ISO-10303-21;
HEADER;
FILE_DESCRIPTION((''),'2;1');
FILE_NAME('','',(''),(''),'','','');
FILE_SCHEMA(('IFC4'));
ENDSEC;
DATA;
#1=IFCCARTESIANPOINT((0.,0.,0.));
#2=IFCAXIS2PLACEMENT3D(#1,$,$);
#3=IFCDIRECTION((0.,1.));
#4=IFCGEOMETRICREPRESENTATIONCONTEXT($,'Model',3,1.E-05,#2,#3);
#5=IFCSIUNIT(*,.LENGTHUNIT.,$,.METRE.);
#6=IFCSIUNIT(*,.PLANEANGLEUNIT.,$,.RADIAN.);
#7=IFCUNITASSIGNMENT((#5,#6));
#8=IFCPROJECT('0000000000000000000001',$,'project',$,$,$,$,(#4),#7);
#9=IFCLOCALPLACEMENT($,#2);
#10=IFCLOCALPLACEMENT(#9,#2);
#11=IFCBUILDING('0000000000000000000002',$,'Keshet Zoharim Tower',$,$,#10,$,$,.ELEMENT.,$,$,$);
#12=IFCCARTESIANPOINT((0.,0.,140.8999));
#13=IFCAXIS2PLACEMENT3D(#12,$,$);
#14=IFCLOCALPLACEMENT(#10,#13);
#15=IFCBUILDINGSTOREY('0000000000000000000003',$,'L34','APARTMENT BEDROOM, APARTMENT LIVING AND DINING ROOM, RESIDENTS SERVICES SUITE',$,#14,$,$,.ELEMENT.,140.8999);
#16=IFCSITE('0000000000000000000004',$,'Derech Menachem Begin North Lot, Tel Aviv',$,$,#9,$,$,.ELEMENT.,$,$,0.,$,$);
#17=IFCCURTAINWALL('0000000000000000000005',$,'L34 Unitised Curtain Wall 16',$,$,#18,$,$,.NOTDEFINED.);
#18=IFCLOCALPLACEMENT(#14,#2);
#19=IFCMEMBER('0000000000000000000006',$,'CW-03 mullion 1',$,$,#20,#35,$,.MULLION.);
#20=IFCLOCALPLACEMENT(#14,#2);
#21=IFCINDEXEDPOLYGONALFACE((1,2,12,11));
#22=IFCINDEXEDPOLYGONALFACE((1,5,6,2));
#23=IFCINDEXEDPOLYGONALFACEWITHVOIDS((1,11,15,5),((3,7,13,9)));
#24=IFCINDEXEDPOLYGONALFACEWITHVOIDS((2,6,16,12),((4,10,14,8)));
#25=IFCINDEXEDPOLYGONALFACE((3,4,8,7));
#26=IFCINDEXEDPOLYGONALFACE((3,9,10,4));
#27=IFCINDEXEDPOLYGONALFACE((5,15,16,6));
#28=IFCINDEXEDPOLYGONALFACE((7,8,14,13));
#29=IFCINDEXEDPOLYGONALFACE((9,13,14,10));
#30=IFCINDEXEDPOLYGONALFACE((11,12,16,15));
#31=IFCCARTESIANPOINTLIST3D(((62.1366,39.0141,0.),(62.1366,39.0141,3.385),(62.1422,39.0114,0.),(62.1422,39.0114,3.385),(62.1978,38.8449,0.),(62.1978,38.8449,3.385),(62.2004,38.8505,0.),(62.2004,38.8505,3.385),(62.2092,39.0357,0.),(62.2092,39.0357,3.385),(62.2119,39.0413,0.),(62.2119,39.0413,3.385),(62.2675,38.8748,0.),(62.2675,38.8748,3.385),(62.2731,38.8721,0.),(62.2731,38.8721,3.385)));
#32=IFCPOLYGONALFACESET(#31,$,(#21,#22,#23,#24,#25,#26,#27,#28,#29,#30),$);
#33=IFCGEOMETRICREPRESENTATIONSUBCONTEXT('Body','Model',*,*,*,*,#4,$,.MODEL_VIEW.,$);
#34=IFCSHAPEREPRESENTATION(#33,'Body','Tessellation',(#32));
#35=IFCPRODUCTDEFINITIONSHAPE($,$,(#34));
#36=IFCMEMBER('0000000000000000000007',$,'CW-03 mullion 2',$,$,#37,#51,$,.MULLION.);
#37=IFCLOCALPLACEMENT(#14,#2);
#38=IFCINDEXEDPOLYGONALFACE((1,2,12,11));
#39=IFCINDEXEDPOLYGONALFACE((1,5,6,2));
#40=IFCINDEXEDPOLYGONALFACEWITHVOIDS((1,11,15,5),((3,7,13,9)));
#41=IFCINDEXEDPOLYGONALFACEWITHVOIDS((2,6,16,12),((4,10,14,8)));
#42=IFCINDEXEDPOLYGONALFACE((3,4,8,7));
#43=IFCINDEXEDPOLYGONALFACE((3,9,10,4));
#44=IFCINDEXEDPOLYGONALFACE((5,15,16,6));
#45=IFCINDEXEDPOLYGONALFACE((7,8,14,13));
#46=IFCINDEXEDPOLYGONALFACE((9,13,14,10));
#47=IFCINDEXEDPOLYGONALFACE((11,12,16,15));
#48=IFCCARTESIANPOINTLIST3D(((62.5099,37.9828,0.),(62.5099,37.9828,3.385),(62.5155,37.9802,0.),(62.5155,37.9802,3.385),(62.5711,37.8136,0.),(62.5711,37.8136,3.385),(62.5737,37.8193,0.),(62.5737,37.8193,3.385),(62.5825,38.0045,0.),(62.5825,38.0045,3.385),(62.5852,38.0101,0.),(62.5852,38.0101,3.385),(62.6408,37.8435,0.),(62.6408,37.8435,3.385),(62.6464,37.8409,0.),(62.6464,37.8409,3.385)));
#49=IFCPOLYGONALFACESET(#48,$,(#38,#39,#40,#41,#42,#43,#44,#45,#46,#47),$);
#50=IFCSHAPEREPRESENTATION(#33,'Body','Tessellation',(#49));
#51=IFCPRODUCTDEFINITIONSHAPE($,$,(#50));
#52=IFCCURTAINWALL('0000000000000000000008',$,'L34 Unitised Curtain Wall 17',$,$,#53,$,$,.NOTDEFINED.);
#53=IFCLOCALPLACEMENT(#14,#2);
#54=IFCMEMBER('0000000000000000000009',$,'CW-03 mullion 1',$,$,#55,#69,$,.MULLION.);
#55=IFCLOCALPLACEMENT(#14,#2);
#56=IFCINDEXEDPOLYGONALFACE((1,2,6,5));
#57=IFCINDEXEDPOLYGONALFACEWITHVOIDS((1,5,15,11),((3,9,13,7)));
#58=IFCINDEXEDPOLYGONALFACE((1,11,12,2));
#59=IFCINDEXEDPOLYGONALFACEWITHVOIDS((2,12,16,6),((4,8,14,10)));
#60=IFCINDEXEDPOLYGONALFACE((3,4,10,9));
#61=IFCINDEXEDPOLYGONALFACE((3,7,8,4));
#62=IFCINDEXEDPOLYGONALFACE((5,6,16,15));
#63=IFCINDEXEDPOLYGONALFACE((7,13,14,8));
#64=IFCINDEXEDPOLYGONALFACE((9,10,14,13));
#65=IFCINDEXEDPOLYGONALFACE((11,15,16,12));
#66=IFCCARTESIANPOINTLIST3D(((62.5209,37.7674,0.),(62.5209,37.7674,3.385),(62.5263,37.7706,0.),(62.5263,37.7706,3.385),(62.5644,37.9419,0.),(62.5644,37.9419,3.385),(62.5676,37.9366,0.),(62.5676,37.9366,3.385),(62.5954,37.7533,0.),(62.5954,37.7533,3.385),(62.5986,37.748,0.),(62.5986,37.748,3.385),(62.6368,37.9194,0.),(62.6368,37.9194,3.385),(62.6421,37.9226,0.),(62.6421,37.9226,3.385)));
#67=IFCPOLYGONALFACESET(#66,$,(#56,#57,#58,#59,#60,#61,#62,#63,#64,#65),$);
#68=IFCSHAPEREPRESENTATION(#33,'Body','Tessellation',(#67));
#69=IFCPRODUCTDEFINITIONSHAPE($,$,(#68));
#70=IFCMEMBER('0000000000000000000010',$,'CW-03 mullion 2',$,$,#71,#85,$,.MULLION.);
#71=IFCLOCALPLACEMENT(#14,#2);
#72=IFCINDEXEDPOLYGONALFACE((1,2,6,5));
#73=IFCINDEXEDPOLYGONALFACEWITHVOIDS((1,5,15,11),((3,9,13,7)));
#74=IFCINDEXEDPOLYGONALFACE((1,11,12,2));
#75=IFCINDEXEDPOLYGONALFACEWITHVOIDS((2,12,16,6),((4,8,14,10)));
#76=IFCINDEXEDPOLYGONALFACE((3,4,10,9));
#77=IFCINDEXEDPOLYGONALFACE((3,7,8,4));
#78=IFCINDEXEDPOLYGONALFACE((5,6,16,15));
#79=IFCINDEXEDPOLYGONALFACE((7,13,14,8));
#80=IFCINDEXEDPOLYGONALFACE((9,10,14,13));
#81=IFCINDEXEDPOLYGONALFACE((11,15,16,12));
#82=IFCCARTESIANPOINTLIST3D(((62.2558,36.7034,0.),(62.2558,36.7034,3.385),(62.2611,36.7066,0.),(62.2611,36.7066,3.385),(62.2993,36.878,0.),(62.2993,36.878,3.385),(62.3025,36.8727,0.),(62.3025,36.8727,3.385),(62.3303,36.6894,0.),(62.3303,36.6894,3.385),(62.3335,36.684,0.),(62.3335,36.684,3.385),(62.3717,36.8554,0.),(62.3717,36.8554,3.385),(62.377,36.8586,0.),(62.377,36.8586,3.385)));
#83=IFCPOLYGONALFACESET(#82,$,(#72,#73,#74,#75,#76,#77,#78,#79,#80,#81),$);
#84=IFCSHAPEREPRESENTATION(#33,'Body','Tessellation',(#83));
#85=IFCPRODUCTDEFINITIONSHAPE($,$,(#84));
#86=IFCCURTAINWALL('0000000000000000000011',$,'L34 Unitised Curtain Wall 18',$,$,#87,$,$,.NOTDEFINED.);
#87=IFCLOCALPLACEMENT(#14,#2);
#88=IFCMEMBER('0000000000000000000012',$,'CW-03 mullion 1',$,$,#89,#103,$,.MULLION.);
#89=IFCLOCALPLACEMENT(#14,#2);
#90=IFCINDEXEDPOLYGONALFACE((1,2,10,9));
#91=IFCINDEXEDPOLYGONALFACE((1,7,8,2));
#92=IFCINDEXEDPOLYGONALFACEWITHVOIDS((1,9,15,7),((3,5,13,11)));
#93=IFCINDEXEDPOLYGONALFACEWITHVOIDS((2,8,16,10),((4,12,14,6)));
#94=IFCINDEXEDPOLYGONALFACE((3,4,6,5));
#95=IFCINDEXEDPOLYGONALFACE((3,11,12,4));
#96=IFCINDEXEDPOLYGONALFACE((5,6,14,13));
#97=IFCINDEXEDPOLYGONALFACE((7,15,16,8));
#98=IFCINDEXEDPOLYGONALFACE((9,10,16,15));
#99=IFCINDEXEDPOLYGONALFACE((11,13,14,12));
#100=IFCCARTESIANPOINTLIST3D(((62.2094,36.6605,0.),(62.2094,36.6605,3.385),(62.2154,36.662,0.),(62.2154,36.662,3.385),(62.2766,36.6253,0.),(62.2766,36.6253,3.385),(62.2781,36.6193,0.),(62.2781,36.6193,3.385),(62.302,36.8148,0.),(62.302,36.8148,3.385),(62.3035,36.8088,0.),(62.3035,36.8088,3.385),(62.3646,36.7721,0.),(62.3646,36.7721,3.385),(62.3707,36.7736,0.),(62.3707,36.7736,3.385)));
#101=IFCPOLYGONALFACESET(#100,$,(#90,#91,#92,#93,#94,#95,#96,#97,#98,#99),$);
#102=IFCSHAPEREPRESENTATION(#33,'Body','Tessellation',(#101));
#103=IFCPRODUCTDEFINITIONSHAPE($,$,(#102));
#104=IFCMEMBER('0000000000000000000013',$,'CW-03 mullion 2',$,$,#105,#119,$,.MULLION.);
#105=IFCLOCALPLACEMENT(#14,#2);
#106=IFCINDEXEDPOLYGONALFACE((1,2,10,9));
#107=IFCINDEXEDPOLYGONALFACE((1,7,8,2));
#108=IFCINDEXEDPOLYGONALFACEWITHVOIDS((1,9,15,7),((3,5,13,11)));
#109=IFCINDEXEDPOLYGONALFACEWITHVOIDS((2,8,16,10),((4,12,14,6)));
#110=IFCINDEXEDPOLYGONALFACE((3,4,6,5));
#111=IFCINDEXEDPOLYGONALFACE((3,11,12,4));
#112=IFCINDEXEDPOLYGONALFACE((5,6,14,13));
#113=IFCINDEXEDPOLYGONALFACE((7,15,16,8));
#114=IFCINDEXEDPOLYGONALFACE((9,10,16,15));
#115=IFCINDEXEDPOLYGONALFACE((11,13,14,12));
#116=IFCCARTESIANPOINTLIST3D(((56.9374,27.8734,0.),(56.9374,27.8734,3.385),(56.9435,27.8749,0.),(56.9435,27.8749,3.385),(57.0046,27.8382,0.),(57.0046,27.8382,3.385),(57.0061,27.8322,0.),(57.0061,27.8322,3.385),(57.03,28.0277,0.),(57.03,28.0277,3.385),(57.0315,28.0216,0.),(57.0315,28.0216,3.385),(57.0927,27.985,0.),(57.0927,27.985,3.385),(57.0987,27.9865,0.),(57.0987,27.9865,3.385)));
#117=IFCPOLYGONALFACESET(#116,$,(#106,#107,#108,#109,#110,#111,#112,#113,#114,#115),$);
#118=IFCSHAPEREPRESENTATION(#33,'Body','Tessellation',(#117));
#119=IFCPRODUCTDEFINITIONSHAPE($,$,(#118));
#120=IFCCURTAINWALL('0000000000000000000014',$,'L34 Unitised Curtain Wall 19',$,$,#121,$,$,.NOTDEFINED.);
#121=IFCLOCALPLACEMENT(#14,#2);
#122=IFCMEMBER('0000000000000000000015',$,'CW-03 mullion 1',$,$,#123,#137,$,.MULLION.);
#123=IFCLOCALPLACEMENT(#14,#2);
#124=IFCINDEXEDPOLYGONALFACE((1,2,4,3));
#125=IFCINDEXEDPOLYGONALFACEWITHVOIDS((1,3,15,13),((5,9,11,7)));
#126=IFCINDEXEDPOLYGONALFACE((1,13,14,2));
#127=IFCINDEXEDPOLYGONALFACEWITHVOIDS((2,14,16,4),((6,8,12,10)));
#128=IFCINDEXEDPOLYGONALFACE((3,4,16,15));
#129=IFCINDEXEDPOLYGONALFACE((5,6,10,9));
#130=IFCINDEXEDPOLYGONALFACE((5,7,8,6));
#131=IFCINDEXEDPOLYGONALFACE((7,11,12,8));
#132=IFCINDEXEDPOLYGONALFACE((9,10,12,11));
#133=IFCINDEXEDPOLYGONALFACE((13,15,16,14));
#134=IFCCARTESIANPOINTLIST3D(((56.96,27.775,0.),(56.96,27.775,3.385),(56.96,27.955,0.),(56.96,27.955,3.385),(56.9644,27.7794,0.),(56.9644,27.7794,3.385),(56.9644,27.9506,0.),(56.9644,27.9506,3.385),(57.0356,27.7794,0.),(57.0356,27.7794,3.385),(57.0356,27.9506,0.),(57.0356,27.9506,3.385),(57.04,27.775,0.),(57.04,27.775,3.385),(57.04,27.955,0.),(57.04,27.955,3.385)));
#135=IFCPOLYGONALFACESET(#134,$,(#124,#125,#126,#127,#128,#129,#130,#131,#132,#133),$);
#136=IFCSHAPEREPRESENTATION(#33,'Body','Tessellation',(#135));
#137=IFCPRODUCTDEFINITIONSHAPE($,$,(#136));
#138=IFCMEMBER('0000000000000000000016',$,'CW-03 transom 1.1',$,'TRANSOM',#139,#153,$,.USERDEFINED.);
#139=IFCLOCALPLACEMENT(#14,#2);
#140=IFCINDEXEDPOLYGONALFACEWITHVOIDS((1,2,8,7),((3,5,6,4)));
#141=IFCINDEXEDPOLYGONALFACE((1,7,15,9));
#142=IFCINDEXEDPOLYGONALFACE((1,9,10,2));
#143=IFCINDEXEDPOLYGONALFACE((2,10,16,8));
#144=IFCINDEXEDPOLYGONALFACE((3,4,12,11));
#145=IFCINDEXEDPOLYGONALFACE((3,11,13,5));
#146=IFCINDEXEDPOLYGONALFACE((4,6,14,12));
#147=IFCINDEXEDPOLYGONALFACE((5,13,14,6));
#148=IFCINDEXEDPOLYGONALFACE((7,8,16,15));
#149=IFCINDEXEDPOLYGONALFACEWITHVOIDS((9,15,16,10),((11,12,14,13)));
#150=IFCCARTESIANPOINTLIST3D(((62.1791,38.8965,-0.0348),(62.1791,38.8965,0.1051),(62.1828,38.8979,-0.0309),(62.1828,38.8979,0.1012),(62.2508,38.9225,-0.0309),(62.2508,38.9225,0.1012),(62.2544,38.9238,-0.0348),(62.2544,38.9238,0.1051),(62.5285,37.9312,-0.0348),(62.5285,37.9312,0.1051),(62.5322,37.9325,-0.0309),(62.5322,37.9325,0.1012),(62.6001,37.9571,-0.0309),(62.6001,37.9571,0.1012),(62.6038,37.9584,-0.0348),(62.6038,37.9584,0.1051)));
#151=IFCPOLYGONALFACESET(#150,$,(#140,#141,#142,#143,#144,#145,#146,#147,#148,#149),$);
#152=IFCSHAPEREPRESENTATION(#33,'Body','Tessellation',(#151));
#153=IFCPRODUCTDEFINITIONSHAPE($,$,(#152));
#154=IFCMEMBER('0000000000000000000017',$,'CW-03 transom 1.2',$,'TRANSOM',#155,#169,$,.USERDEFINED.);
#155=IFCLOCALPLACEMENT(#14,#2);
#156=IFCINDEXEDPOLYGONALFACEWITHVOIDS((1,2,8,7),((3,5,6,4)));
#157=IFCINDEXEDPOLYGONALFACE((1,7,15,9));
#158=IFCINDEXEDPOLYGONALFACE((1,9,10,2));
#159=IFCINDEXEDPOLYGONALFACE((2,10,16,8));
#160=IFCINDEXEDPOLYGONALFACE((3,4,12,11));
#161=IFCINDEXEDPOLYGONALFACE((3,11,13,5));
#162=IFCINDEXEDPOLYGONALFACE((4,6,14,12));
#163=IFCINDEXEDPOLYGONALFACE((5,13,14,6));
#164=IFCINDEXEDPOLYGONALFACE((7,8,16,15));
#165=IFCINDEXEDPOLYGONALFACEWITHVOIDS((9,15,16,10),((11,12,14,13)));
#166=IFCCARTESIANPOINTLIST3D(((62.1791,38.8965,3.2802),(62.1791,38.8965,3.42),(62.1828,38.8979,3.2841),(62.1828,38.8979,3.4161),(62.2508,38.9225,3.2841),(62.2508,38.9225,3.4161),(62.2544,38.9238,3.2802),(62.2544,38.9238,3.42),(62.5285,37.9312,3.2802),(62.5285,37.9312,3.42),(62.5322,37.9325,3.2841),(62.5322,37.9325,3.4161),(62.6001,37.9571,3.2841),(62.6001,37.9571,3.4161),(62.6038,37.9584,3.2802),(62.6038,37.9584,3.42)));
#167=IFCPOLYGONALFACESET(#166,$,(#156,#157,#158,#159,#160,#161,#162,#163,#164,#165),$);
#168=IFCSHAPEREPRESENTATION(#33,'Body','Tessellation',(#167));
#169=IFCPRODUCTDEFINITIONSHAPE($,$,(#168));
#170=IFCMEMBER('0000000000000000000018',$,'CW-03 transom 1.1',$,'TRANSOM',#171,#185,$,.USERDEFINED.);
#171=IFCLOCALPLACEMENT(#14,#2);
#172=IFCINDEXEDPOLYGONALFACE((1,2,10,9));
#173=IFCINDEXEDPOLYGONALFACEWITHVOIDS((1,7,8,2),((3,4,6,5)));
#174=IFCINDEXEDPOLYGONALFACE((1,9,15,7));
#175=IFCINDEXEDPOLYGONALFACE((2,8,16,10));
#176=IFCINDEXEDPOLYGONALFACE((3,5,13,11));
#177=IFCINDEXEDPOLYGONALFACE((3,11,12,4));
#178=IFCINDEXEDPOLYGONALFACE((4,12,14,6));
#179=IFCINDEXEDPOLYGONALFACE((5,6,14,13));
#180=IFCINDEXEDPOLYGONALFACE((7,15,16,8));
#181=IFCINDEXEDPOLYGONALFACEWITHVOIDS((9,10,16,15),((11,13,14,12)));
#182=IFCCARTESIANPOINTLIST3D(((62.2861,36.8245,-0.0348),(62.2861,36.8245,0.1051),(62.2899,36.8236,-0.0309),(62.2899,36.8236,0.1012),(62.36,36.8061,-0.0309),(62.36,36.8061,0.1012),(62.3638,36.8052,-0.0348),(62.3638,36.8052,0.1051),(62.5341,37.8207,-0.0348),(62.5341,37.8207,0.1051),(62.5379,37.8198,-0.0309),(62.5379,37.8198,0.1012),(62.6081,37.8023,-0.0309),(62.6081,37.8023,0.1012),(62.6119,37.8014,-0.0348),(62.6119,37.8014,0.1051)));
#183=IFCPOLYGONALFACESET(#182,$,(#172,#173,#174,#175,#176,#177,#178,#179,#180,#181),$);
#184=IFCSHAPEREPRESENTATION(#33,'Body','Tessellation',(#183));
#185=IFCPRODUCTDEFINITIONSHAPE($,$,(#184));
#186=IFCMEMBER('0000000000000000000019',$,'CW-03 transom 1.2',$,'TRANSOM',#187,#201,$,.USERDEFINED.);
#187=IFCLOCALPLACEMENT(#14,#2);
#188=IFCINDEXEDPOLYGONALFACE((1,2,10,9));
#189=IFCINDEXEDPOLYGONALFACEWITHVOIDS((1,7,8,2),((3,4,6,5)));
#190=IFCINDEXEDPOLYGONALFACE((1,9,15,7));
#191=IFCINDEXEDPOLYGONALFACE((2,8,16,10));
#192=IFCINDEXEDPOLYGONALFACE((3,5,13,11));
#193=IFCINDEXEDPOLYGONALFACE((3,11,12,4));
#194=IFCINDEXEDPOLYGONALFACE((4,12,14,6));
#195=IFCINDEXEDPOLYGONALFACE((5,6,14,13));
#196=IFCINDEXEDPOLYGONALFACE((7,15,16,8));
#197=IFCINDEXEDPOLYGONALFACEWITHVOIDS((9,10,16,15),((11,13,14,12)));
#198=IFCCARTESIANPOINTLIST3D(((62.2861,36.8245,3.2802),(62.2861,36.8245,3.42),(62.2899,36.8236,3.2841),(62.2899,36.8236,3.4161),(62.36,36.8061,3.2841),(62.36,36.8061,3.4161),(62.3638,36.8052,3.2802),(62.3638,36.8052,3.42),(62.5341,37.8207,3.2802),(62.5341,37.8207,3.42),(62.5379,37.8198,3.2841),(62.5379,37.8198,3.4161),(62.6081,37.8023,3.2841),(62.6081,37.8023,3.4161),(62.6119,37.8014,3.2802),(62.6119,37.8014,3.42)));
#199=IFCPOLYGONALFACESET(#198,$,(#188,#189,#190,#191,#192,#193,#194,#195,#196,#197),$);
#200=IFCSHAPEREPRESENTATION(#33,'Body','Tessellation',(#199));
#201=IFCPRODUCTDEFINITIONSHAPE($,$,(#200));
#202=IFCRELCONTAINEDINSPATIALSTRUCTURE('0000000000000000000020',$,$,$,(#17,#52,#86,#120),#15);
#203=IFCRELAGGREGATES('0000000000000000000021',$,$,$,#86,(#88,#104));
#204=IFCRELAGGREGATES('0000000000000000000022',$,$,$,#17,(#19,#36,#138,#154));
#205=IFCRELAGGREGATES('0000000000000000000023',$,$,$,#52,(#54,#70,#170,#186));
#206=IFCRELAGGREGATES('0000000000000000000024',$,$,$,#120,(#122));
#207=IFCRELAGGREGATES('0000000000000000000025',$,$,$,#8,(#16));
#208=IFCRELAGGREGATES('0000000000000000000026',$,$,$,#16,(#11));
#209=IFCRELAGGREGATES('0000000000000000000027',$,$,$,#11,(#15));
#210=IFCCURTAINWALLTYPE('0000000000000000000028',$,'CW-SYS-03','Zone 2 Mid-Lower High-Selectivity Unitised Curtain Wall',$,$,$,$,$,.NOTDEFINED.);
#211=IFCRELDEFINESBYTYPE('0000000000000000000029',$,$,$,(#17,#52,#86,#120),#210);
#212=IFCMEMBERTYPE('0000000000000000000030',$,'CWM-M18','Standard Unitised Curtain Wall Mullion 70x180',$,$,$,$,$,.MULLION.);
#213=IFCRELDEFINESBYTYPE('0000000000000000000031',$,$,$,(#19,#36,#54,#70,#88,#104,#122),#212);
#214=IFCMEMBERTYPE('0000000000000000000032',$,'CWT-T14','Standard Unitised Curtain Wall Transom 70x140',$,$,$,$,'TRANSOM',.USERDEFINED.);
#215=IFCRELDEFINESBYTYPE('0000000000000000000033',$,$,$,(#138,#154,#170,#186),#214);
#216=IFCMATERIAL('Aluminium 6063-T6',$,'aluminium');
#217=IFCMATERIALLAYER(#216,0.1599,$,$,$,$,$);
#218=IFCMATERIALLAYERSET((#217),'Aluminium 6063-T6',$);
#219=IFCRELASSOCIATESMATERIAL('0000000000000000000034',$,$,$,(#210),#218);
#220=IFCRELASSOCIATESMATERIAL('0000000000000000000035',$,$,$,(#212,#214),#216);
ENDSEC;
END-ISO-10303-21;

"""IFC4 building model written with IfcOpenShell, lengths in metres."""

from ifc_helpers import new_model, si_unit, direction, frame, origin, origin_2d, place, context, subcontext, project, spatial, hollow_rectangle, extrude, material, layer, layer_set, material_profile, profile_set, type_object, element, aggregate, save


model = new_model("IFC4")

# Units and contexts
model_context = context("Model", 3, precision=1e-05, world=origin(), true_north=direction((0.0, 1.0)))
body_context = subcontext(model_context, "Body", "Model", "MODEL_VIEW")
ifc_project = project(units=[si_unit("LENGTHUNIT", "METRE"), si_unit("PLANEANGLEUNIT", "RADIAN")], contexts=[model_context])

# Site, building, storey
site_placement = place(None, origin())
site = spatial("IfcSite", under=ifc_project, at=site_placement, Name="Derech Menachem Begin North Lot, Tel Aviv", CompositionType="ELEMENT", RefElevation=0.0)
building_placement = place(site_placement, origin())
building = spatial("IfcBuilding", under=site, at=building_placement, Name="Keshet Zoharim Tower", CompositionType="ELEMENT")
storey_placement = place(building_placement, frame((0.0, 0.0, 140.8999)))
storey = spatial("IfcBuildingStorey", under=building, at=storey_placement, Name="L34", Description="APARTMENT BEDROOM, APARTMENT LIVING AND DINING ROOM, RESIDENTS SERVICES SUITE", CompositionType="ELEMENT", Elevation=140.8999)

# Shared definitions
ifc_material_1 = material(Name="Aluminium 6063-T6", Category="aluminium")
ifc_layer_1 = layer(ifc_material_1, 0.1599)
ifc_layer_set_1 = layer_set([ifc_layer_1], Name="Aluminium 6063-T6")
curtain_wall_type = type_object("IfcCurtainWallType", Name="CW-SYS-03", Description="Zone 2 Mid-Lower High-Selectivity Unitised Curtain Wall", PredefinedType="NOTDEFINED", material=ifc_layer_set_1)
ifc_material_profile_1 = material_profile(ifc_material_1, hollow_rectangle(XDim=0.0801, YDim=0.1799, WallThickness=0.0044, at=origin_2d()), Name="MUL-80x180")
ifc_profile_set_1 = profile_set([ifc_material_profile_1], Name="Aluminium 6063-T6")
member_type_1 = type_object("IfcMemberType", Name="CWM-M18", Description="Standard Unitised Curtain Wall Mullion 70x180", PredefinedType="MULLION", material=ifc_profile_set_1)

# Curtain walls, members
curtain_wall_1_placement = place(storey_placement, origin())
curtain_wall_1 = element("IfcCurtainWall", 1, at=curtain_wall_1_placement, inside=storey, type_object=curtain_wall_type, Name="L34 Unitised Curtain Wall 16", PredefinedType="NOTDEFINED")
member_1_placement = place(storey_placement, frame((62.2048, 38.9431, 0.0), z_axis=(0.0, 0.0, 1.0), x_axis=(0.940318, 0.340297, 0.0)))
member_1 = element("IfcMember", 2, at=member_1_placement, type_object=member_type_1, Name="CW-03 mullion 1", PredefinedType="MULLION", context=body_context, shape_type="SweptSolid", body=[
    extrude(hollow_rectangle(XDim=0.0801, YDim=0.1799, WallThickness=0.0044, at=origin_2d()), origin(), (0.0, 0.0, 1.0), 3.385),
])
member_2_placement = place(storey_placement, frame((62.5781, 37.9119, 0.0), z_axis=(0.0, 0.0, 1.0), x_axis=(0.940318, 0.340297, 0.0)))
member_2 = element("IfcMember", 3, at=member_2_placement, type_object=member_type_1, Name="CW-03 mullion 2", PredefinedType="MULLION", context=body_context, shape_type="SweptSolid", body=[
    extrude(hollow_rectangle(XDim=0.0801, YDim=0.1799, WallThickness=0.0044, at=origin_2d()), origin(), (0.0, 0.0, 1.0), 3.385),
])
curtain_wall_2_placement = place(storey_placement, origin())
curtain_wall_2 = element("IfcCurtainWall", 4, at=curtain_wall_2_placement, inside=storey, type_object=curtain_wall_type, Name="L34 Unitised Curtain Wall 17", PredefinedType="NOTDEFINED")
member_3_placement = place(storey_placement, frame((62.5815, 37.845, 0.0), z_axis=(0.0, 0.0, 1.0), x_axis=(0.970344, -0.241729, 0.0)))
member_3 = element("IfcMember", 5, at=member_3_placement, type_object=member_type_1, Name="CW-03 mullion 1", PredefinedType="MULLION", context=body_context, shape_type="SweptSolid", body=[
    extrude(hollow_rectangle(XDim=0.0801, YDim=0.1799, WallThickness=0.0044, at=origin_2d()), origin(), (0.0, 0.0, 1.0), 3.385),
])
member_4_placement = place(storey_placement, frame((62.3164, 36.781, 0.0), z_axis=(0.0, 0.0, 1.0), x_axis=(0.970344, -0.241729, 0.0)))
member_4 = element("IfcMember", 6, at=member_4_placement, type_object=member_type_1, Name="CW-03 mullion 2", PredefinedType="MULLION", context=body_context, shape_type="SweptSolid", body=[
    extrude(hollow_rectangle(XDim=0.0801, YDim=0.1799, WallThickness=0.0044, at=origin_2d()), origin(), (0.0, 0.0, 1.0), 3.385),
])
curtain_wall_3_placement = place(storey_placement, origin())
curtain_wall_3 = element("IfcCurtainWall", 7, at=curtain_wall_3_placement, inside=storey, type_object=curtain_wall_type, Name="L34 Unitised Curtain Wall 18", PredefinedType="NOTDEFINED")
member_5_placement = place(storey_placement, frame((62.29, 36.717, 0.0), z_axis=(0.0, 0.0, 1.0), x_axis=(0.857501, -0.514482, 0.0)))
member_5 = element("IfcMember", 8, at=member_5_placement, type_object=member_type_1, Name="CW-03 mullion 1", PredefinedType="MULLION", context=body_context, shape_type="SweptSolid", body=[
    extrude(hollow_rectangle(XDim=0.0801, YDim=0.1799, WallThickness=0.0044, at=origin_2d()), origin(), (0.0, 0.0, 1.0), 3.385),
])
member_6_placement = place(storey_placement, frame((57.0181, 27.9299, 0.0), z_axis=(0.0, 0.0, 1.0), x_axis=(0.857501, -0.514482, 0.0)))
member_6 = element("IfcMember", 9, at=member_6_placement, type_object=member_type_1, Name="CW-03 mullion 2", PredefinedType="MULLION", context=body_context, shape_type="SweptSolid", body=[
    extrude(hollow_rectangle(XDim=0.0801, YDim=0.1799, WallThickness=0.0044, at=origin_2d()), origin(), (0.0, 0.0, 1.0), 3.385),
])

# Curtain wall, member
curtain_wall_4_placement = place(storey_placement, origin())
curtain_wall_4 = element("IfcCurtainWall", 10, at=curtain_wall_4_placement, inside=storey, type_object=curtain_wall_type, Name="L34 Unitised Curtain Wall 19", PredefinedType="NOTDEFINED")
member_7_placement = place(storey_placement, frame((57.0, 27.865, 0.0), z_axis=(0.0, 0.0, 1.0), x_axis=(1.0, 0.0, 0.0)))
member_7 = element("IfcMember", 11, at=member_7_placement, type_object=member_type_1, Name="CW-03 mullion 1", PredefinedType="MULLION", context=body_context, shape_type="SweptSolid", body=[
    extrude(hollow_rectangle(XDim=0.0801, YDim=0.1799, WallThickness=0.0044, at=origin_2d()), origin(), (0.0, 0.0, 1.0), 3.385),
])

# Members
ifc_material_profile_2 = material_profile(ifc_material_1, hollow_rectangle(XDim=0.0801, YDim=0.1399, WallThickness=0.0039, at=origin_2d()), Name="TRN-80x140")
ifc_profile_set_2 = profile_set([ifc_material_profile_2], Name="Aluminium 6063-T6")
member_type_2 = type_object("IfcMemberType", Name="CWT-T14", Description="Standard Unitised Curtain Wall Transom 70x140", ElementType="TRANSOM", PredefinedType="USERDEFINED", material=ifc_profile_set_2)
member_8_placement = place(storey_placement, frame((62.2168, 38.9102, 0.0352), z_axis=(0.340311, -0.940313, 0.0), x_axis=(0.940313, 0.340311, 0.0)))
member_8 = element("IfcMember", 12, at=member_8_placement, type_object=member_type_2, Name="CW-03 transom 1.1", ObjectType="TRANSOM", PredefinedType="USERDEFINED", context=body_context, shape_type="SweptSolid", body=[
    extrude(hollow_rectangle(XDim=0.0801, YDim=0.1399, WallThickness=0.0039, at=origin_2d()), origin(), (0.0, 0.0, 1.0), 1.0266),
])
member_9_placement = place(storey_placement, frame((62.2168, 38.9102, 3.3501), z_axis=(0.340311, -0.940313, 0.0), x_axis=(0.940313, 0.340311, 0.0)))
member_9 = element("IfcMember", 13, at=member_9_placement, type_object=member_type_2, Name="CW-03 transom 1.2", ObjectType="TRANSOM", PredefinedType="USERDEFINED", context=body_context, shape_type="SweptSolid", body=[
    extrude(hollow_rectangle(XDim=0.0801, YDim=0.1399, WallThickness=0.0039, at=origin_2d()), origin(), (0.0, 0.0, 1.0), 1.0266),
])
member_10_placement = place(storey_placement, frame((62.573, 37.811, 0.0352), z_axis=(-0.24164, -0.970366, 0.0), x_axis=(0.970366, -0.24164, 0.0)))
member_10 = element("IfcMember", 14, at=member_10_placement, type_object=member_type_2, Name="CW-03 transom 1.1", ObjectType="TRANSOM", PredefinedType="USERDEFINED", context=body_context, shape_type="SweptSolid", body=[
    extrude(hollow_rectangle(XDim=0.0801, YDim=0.1399, WallThickness=0.0039, at=origin_2d()), origin(), (0.0, 0.0, 1.0), 1.0266),
])
member_11_placement = place(storey_placement, frame((62.573, 37.811, 3.3501), z_axis=(-0.24164, -0.970366, 0.0), x_axis=(0.970366, -0.24164, 0.0)))
member_11 = element("IfcMember", 15, at=member_11_placement, type_object=member_type_2, Name="CW-03 transom 1.2", ObjectType="TRANSOM", PredefinedType="USERDEFINED", context=body_context, shape_type="SweptSolid", body=[
    extrude(hollow_rectangle(XDim=0.0801, YDim=0.1399, WallThickness=0.0039, at=origin_2d()), origin(), (0.0, 0.0, 1.0), 1.0266),
])

aggregate(curtain_wall_3, [member_5, member_6])
aggregate(curtain_wall_1, [member_1, member_2, member_8, member_9])
aggregate(curtain_wall_2, [member_3, member_4, member_10, member_11])
aggregate(curtain_wall_4, [member_7])

save(model, "model.ifc")
